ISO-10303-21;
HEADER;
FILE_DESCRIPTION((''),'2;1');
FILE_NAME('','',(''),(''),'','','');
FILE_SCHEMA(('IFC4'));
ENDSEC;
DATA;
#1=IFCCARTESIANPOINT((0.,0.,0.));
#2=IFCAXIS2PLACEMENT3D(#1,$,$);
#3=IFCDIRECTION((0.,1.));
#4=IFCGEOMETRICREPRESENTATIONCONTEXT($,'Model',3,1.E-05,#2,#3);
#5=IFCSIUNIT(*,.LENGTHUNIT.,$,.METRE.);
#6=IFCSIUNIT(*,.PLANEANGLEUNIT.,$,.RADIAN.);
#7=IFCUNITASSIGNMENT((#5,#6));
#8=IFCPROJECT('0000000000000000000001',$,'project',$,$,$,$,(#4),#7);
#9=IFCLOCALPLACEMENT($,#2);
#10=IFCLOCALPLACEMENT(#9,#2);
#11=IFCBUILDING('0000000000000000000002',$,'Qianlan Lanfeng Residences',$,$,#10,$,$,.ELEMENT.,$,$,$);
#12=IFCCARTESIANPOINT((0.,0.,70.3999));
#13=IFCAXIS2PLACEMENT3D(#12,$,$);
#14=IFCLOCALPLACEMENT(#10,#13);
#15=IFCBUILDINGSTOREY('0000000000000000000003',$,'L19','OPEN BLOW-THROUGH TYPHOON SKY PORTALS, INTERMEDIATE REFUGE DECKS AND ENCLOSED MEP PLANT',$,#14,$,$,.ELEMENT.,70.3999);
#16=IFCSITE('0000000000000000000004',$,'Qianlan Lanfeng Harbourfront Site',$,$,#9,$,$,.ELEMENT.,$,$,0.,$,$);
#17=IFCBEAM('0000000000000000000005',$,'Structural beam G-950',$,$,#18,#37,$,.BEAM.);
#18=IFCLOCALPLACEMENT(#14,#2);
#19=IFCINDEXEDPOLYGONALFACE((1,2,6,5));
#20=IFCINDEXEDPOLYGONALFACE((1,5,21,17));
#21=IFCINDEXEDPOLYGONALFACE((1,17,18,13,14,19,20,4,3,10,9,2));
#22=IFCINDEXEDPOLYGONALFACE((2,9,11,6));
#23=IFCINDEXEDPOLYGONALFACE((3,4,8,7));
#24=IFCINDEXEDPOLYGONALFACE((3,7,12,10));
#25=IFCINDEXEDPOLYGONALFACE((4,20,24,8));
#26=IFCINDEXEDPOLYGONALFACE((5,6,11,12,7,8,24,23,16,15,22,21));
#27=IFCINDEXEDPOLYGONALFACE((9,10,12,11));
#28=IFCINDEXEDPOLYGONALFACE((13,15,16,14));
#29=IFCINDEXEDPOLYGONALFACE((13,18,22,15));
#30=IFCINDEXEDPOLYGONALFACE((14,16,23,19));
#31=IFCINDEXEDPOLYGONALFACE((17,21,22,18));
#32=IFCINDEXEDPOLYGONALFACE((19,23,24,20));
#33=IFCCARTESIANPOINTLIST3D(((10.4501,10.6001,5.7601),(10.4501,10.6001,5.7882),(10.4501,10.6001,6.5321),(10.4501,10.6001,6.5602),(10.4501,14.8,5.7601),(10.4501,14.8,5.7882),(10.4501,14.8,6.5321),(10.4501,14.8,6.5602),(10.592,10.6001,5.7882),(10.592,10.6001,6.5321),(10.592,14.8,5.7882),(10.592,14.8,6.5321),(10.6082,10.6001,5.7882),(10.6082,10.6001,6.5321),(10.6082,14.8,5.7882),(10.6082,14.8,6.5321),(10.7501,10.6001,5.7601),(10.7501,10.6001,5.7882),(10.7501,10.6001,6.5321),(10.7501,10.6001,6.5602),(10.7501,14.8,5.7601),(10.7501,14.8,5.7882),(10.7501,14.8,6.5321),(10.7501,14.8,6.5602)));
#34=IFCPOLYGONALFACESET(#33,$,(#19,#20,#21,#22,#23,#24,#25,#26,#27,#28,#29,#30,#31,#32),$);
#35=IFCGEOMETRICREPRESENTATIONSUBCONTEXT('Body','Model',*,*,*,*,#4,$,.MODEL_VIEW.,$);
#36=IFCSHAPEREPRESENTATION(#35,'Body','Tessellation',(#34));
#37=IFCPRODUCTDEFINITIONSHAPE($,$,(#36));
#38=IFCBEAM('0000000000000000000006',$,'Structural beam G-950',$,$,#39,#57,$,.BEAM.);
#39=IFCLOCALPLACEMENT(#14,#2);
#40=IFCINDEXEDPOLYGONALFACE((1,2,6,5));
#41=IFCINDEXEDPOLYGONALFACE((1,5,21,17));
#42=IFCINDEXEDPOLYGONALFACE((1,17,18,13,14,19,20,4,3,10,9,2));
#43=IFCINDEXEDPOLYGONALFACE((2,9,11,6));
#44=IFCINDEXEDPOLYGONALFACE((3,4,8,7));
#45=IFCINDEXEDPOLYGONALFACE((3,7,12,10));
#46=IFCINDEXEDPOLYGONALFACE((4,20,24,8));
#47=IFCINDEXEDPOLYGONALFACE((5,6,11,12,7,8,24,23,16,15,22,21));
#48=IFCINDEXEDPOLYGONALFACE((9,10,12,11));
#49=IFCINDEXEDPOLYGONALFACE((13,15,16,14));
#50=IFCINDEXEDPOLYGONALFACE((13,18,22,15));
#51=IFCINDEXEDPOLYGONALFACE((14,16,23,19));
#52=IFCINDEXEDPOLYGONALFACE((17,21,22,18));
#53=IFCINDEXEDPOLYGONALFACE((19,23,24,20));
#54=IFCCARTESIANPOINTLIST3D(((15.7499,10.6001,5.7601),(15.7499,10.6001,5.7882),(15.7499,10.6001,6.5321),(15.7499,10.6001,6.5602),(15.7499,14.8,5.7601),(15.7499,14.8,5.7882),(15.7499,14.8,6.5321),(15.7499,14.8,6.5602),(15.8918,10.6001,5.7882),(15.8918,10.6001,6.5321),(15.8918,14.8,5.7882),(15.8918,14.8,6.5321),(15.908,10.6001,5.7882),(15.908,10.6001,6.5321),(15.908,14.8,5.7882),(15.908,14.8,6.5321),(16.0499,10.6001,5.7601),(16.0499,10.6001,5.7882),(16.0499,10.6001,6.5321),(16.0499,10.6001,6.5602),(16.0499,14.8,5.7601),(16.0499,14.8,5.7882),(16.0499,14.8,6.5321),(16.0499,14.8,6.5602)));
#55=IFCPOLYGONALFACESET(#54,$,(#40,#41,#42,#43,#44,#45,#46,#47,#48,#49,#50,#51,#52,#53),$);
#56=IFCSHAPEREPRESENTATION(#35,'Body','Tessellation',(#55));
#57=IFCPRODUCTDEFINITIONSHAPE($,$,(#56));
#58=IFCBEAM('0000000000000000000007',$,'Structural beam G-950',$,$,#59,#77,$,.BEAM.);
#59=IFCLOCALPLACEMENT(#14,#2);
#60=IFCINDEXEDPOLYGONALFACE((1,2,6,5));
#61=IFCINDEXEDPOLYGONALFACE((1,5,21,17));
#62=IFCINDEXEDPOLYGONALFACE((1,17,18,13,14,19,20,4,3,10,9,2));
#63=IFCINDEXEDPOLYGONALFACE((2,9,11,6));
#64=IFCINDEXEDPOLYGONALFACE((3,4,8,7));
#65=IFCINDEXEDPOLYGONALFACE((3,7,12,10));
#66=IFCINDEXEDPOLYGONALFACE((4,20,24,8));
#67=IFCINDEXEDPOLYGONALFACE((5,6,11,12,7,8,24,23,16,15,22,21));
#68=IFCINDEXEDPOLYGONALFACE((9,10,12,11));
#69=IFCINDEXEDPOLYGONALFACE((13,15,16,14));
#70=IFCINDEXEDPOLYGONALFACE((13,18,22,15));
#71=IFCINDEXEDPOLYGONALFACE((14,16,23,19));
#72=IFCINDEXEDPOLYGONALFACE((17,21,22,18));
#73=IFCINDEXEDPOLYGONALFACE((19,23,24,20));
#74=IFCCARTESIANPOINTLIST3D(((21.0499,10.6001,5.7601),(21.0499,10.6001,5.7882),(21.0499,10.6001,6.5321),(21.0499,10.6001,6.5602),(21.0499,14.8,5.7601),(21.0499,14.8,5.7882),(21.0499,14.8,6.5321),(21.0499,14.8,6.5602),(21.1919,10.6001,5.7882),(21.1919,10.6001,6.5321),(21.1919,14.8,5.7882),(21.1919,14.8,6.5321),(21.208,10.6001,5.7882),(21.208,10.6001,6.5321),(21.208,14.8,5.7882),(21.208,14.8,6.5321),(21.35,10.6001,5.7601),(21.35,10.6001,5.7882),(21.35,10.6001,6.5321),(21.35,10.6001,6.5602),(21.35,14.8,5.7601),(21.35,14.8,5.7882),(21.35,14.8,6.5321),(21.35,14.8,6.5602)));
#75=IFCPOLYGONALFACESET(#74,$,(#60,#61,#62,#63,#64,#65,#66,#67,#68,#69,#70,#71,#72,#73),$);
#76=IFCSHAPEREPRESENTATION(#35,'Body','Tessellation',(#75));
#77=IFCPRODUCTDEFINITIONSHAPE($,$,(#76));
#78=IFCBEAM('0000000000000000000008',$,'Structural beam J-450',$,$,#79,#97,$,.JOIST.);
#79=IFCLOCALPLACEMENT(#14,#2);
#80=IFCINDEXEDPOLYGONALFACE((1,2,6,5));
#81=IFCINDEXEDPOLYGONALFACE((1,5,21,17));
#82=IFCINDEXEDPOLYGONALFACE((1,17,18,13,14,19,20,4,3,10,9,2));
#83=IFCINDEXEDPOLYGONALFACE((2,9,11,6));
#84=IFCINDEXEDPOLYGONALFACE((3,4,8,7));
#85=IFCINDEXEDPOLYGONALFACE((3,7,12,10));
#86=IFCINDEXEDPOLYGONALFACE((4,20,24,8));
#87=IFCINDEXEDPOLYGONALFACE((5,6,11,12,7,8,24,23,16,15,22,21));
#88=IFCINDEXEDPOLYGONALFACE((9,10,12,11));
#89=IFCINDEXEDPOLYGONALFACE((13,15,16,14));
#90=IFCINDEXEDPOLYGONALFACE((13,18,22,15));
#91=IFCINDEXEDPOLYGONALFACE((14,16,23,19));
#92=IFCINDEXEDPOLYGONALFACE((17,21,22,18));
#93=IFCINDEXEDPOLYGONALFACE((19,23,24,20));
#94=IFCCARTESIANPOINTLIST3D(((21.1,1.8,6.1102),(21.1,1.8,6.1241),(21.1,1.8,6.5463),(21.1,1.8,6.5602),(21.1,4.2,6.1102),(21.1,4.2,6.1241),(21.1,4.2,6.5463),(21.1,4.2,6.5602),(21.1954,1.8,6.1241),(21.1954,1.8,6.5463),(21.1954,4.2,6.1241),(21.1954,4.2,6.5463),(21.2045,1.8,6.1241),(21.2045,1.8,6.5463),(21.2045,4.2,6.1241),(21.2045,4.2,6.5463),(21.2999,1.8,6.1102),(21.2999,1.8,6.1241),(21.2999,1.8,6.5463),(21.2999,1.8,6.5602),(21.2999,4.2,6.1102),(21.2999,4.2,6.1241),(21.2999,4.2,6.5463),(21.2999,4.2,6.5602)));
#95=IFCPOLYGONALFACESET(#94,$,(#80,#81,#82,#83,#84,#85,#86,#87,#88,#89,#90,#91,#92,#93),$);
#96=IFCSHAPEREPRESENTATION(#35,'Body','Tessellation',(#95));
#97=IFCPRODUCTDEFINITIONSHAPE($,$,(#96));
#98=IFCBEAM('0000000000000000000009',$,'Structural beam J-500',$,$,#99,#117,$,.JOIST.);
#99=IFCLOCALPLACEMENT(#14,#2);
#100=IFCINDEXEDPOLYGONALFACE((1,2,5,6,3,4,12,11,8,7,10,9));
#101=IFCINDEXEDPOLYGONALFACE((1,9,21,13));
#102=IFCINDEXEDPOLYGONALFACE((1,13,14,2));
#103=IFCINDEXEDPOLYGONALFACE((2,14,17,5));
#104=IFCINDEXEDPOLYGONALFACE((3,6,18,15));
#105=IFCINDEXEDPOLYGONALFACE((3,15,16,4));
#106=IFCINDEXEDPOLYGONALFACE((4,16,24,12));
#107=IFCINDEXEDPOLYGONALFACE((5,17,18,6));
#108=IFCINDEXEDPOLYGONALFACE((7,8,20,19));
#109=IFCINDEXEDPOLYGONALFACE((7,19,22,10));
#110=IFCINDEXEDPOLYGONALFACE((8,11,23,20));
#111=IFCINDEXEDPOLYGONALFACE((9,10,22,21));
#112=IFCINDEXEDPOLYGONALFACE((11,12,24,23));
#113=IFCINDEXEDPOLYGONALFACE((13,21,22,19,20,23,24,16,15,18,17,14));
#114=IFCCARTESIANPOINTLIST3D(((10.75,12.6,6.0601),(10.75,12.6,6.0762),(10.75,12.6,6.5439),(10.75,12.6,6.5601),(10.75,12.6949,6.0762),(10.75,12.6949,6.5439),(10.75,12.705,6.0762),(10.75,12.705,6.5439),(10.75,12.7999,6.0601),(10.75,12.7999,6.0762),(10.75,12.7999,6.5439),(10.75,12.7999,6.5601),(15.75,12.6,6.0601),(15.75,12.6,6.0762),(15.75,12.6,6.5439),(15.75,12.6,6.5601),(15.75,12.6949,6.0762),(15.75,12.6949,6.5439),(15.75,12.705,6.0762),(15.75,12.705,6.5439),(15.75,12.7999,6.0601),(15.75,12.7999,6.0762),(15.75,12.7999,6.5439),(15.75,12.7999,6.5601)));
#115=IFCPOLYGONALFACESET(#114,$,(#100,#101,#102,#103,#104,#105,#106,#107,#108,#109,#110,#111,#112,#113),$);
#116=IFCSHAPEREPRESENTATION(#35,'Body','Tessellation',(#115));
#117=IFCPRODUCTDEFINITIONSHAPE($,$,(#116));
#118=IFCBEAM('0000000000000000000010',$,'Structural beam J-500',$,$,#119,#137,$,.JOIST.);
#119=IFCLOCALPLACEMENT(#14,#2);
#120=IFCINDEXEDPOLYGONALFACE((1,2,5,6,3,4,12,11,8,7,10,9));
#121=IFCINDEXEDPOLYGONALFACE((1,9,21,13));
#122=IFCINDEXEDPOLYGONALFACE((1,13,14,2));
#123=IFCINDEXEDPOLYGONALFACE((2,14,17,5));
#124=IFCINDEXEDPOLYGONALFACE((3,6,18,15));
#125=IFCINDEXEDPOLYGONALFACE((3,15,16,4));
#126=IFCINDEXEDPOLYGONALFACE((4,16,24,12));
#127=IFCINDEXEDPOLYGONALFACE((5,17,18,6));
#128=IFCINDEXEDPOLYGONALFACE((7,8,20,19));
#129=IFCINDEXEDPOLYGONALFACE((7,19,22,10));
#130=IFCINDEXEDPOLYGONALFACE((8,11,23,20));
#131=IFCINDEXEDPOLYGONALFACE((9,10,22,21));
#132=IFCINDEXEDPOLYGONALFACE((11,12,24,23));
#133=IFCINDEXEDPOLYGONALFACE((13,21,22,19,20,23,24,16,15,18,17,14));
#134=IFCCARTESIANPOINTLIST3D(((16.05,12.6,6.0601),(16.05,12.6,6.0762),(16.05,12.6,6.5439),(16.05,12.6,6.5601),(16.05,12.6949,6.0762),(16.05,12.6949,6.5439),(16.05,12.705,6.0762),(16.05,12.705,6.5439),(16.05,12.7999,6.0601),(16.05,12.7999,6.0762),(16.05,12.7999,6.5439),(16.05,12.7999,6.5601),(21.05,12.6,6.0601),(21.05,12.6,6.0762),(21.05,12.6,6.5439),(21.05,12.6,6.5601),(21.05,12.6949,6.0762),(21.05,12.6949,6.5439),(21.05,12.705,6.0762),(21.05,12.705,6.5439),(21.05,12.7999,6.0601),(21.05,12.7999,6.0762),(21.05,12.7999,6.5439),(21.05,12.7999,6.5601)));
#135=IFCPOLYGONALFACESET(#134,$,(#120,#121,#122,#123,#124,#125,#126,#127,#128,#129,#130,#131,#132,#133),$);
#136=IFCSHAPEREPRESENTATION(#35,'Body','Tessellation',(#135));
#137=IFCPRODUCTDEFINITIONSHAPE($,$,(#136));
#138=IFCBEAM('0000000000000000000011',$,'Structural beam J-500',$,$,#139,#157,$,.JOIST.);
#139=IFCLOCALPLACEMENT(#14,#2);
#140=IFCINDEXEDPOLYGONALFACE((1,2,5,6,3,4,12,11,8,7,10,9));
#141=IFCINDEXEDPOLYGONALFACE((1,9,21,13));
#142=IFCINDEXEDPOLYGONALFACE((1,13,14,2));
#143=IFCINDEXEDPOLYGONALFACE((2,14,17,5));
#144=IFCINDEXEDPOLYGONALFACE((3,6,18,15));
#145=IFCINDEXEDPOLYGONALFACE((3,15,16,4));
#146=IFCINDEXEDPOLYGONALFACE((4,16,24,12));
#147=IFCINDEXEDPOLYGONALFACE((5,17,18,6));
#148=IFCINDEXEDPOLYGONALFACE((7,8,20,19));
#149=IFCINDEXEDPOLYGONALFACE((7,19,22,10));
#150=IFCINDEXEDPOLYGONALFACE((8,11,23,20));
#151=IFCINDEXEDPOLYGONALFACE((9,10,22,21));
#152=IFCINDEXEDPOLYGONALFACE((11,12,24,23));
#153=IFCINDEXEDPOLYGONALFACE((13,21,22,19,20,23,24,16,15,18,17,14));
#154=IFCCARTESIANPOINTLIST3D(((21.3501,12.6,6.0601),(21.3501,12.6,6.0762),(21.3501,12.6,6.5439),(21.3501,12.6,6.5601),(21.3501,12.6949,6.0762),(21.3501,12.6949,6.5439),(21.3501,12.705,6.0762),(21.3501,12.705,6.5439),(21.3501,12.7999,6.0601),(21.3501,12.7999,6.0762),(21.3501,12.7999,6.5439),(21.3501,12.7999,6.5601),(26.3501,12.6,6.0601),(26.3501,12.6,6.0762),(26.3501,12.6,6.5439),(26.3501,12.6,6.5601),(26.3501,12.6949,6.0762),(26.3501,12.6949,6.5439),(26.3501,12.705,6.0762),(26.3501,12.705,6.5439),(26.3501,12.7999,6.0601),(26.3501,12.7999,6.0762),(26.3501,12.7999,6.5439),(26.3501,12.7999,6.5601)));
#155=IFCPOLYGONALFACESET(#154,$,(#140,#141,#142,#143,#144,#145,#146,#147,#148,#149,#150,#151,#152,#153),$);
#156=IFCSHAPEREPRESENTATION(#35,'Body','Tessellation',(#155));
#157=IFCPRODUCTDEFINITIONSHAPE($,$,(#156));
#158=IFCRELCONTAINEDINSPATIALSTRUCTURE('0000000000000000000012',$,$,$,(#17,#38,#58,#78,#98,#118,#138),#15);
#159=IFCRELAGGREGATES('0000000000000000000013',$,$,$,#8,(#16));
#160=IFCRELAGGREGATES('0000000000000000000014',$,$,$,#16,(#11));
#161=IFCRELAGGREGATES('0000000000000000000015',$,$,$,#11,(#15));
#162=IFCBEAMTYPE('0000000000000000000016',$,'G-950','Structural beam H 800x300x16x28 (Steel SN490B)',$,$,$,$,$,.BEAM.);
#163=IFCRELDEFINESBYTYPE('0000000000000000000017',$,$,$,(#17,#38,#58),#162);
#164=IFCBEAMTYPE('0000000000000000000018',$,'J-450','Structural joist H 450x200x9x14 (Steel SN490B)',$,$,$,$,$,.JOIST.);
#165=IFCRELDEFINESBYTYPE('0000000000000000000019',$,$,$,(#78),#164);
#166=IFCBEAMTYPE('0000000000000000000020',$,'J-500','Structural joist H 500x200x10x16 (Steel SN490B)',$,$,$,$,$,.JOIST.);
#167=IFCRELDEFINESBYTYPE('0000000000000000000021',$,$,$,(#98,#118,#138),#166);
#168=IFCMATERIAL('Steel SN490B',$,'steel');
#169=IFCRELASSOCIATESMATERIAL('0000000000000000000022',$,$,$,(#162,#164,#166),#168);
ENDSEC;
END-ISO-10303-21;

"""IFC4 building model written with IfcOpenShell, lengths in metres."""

from ifc_helpers import new_model, si_unit, direction, frame, origin, origin_2d, place, context, subcontext, project, spatial, i_section, extrude, material, material_profile, profile_set, type_object, element, save


model = new_model("IFC4")

# Units and contexts
model_context = context("Model", 3, precision=1e-05, world=origin(), true_north=direction((0.0, 1.0)))
body_context = subcontext(model_context, "Body", "Model", "MODEL_VIEW")
ifc_project = project(units=[si_unit("LENGTHUNIT", "METRE"), si_unit("PLANEANGLEUNIT", "RADIAN")], contexts=[model_context])

# Site, building, storey
site_placement = place(None, origin())
site = spatial("IfcSite", under=ifc_project, at=site_placement, Name="Qianlan Lanfeng Harbourfront Site", CompositionType="ELEMENT", RefElevation=0.0)
building_placement = place(site_placement, origin())
building = spatial("IfcBuilding", under=site, at=building_placement, Name="Qianlan Lanfeng Residences", CompositionType="ELEMENT")
storey_placement = place(building_placement, frame((0.0, 0.0, 70.3999)))
storey = spatial("IfcBuildingStorey", under=building, at=storey_placement, Name="L19", Description="OPEN BLOW-THROUGH TYPHOON SKY PORTALS, INTERMEDIATE REFUGE DECKS AND ENCLOSED MEP PLANT", CompositionType="ELEMENT", Elevation=70.3999)

# Shared definitions
ifc_material_1 = material(Name="Steel SN490B", Category="steel")

# Beams
ifc_material_profile_1 = material_profile(ifc_material_1, i_section(OverallWidth=0.3, OverallDepth=0.8, WebThickness=0.0161, FlangeThickness=0.0281, at=origin_2d()), Name="H 800x300x16x28")
ifc_profile_set_1 = profile_set([ifc_material_profile_1], Name="Steel SN490B")
beam_type_1 = type_object("IfcBeamType", Name="G-950", Description="Structural beam H 800x300x16x28 (Steel SN490B)", PredefinedType="BEAM", material=ifc_profile_set_1)
for number, where, z_axis, x_axis, name in (
    (1, (10.6001, 10.6001, 6.1602), (0.0, 1.0, 0.0), (-1.0, 0.0, 0.0), "Structural beam G-950"),
    (2, (15.8999, 10.6001, 6.1602), (0.0, 1.0, 0.0), (-1.0, 0.0, 0.0), "Structural beam G-950"),
    (3, (21.2, 10.6001, 6.1602), (0.0, 1.0, 0.0), (-1.0, 0.0, 0.0), "Structural beam G-950"),
):
    element("IfcBeam", number, at=place(storey_placement, frame(where, z_axis=z_axis, x_axis=x_axis)), inside=storey, type_object=beam_type_1, Name=name, PredefinedType="BEAM", context=body_context, shape_type="SweptSolid", body=[
        extrude(i_section(OverallWidth=0.3, OverallDepth=0.8, WebThickness=0.0161, FlangeThickness=0.0281, at=origin_2d()), origin(), (0.0, 0.0, 1.0), 4.2),
    ])
ifc_material_profile_2 = material_profile(ifc_material_1, i_section(OverallWidth=0.2, OverallDepth=0.45, WebThickness=0.009, FlangeThickness=0.0139, at=origin_2d()), Name="H 450x200x9x14")
ifc_profile_set_2 = profile_set([ifc_material_profile_2], Name="Steel SN490B")
beam_type_2 = type_object("IfcBeamType", Name="J-450", Description="Structural joist H 450x200x9x14 (Steel SN490B)", PredefinedType="JOIST", material=ifc_profile_set_2)
beam_1_placement = place(storey_placement, frame((21.2, 1.8, 6.3352), z_axis=(0.0, 1.0, 0.0), x_axis=(-1.0, 0.0, 0.0)))
element("IfcBeam", 4, at=beam_1_placement, inside=storey, type_object=beam_type_2, Name="Structural beam J-450", PredefinedType="JOIST", context=body_context, shape_type="SweptSolid", body=[
    extrude(i_section(OverallWidth=0.2, OverallDepth=0.45, WebThickness=0.009, FlangeThickness=0.0139, at=origin_2d()), origin(), (0.0, 0.0, 1.0), 2.3999),
])
ifc_material_profile_3 = material_profile(ifc_material_1, i_section(OverallWidth=0.2, OverallDepth=0.5, WebThickness=0.01, FlangeThickness=0.0161, at=origin_2d()), Name="H 500x200x10x16")
ifc_profile_set_3 = profile_set([ifc_material_profile_3], Name="Steel SN490B")
beam_type_3 = type_object("IfcBeamType", Name="J-500", Description="Structural joist H 500x200x10x16 (Steel SN490B)", PredefinedType="JOIST", material=ifc_profile_set_3)
for number, where, z_axis, x_axis, name in (
    (5, (10.75, 12.7, 6.3101), (1.0, 0.0, 0.0), (0.0, 1.0, 0.0), "Structural beam J-500"),
    (6, (16.05, 12.7, 6.3101), (1.0, 0.0, 0.0), (0.0, 1.0, 0.0), "Structural beam J-500"),
    (7, (21.3501, 12.7, 6.3101), (1.0, 0.0, 0.0), (0.0, 1.0, 0.0), "Structural beam J-500"),
):
    element("IfcBeam", number, at=place(storey_placement, frame(where, z_axis=z_axis, x_axis=x_axis)), inside=storey, type_object=beam_type_3, Name=name, PredefinedType="JOIST", context=body_context, shape_type="SweptSolid", body=[
        extrude(i_section(OverallWidth=0.2, OverallDepth=0.5, WebThickness=0.01, FlangeThickness=0.0161, at=origin_2d()), origin(), (0.0, 0.0, 1.0), 5.0),
    ])

save(model, "model.ifc")
